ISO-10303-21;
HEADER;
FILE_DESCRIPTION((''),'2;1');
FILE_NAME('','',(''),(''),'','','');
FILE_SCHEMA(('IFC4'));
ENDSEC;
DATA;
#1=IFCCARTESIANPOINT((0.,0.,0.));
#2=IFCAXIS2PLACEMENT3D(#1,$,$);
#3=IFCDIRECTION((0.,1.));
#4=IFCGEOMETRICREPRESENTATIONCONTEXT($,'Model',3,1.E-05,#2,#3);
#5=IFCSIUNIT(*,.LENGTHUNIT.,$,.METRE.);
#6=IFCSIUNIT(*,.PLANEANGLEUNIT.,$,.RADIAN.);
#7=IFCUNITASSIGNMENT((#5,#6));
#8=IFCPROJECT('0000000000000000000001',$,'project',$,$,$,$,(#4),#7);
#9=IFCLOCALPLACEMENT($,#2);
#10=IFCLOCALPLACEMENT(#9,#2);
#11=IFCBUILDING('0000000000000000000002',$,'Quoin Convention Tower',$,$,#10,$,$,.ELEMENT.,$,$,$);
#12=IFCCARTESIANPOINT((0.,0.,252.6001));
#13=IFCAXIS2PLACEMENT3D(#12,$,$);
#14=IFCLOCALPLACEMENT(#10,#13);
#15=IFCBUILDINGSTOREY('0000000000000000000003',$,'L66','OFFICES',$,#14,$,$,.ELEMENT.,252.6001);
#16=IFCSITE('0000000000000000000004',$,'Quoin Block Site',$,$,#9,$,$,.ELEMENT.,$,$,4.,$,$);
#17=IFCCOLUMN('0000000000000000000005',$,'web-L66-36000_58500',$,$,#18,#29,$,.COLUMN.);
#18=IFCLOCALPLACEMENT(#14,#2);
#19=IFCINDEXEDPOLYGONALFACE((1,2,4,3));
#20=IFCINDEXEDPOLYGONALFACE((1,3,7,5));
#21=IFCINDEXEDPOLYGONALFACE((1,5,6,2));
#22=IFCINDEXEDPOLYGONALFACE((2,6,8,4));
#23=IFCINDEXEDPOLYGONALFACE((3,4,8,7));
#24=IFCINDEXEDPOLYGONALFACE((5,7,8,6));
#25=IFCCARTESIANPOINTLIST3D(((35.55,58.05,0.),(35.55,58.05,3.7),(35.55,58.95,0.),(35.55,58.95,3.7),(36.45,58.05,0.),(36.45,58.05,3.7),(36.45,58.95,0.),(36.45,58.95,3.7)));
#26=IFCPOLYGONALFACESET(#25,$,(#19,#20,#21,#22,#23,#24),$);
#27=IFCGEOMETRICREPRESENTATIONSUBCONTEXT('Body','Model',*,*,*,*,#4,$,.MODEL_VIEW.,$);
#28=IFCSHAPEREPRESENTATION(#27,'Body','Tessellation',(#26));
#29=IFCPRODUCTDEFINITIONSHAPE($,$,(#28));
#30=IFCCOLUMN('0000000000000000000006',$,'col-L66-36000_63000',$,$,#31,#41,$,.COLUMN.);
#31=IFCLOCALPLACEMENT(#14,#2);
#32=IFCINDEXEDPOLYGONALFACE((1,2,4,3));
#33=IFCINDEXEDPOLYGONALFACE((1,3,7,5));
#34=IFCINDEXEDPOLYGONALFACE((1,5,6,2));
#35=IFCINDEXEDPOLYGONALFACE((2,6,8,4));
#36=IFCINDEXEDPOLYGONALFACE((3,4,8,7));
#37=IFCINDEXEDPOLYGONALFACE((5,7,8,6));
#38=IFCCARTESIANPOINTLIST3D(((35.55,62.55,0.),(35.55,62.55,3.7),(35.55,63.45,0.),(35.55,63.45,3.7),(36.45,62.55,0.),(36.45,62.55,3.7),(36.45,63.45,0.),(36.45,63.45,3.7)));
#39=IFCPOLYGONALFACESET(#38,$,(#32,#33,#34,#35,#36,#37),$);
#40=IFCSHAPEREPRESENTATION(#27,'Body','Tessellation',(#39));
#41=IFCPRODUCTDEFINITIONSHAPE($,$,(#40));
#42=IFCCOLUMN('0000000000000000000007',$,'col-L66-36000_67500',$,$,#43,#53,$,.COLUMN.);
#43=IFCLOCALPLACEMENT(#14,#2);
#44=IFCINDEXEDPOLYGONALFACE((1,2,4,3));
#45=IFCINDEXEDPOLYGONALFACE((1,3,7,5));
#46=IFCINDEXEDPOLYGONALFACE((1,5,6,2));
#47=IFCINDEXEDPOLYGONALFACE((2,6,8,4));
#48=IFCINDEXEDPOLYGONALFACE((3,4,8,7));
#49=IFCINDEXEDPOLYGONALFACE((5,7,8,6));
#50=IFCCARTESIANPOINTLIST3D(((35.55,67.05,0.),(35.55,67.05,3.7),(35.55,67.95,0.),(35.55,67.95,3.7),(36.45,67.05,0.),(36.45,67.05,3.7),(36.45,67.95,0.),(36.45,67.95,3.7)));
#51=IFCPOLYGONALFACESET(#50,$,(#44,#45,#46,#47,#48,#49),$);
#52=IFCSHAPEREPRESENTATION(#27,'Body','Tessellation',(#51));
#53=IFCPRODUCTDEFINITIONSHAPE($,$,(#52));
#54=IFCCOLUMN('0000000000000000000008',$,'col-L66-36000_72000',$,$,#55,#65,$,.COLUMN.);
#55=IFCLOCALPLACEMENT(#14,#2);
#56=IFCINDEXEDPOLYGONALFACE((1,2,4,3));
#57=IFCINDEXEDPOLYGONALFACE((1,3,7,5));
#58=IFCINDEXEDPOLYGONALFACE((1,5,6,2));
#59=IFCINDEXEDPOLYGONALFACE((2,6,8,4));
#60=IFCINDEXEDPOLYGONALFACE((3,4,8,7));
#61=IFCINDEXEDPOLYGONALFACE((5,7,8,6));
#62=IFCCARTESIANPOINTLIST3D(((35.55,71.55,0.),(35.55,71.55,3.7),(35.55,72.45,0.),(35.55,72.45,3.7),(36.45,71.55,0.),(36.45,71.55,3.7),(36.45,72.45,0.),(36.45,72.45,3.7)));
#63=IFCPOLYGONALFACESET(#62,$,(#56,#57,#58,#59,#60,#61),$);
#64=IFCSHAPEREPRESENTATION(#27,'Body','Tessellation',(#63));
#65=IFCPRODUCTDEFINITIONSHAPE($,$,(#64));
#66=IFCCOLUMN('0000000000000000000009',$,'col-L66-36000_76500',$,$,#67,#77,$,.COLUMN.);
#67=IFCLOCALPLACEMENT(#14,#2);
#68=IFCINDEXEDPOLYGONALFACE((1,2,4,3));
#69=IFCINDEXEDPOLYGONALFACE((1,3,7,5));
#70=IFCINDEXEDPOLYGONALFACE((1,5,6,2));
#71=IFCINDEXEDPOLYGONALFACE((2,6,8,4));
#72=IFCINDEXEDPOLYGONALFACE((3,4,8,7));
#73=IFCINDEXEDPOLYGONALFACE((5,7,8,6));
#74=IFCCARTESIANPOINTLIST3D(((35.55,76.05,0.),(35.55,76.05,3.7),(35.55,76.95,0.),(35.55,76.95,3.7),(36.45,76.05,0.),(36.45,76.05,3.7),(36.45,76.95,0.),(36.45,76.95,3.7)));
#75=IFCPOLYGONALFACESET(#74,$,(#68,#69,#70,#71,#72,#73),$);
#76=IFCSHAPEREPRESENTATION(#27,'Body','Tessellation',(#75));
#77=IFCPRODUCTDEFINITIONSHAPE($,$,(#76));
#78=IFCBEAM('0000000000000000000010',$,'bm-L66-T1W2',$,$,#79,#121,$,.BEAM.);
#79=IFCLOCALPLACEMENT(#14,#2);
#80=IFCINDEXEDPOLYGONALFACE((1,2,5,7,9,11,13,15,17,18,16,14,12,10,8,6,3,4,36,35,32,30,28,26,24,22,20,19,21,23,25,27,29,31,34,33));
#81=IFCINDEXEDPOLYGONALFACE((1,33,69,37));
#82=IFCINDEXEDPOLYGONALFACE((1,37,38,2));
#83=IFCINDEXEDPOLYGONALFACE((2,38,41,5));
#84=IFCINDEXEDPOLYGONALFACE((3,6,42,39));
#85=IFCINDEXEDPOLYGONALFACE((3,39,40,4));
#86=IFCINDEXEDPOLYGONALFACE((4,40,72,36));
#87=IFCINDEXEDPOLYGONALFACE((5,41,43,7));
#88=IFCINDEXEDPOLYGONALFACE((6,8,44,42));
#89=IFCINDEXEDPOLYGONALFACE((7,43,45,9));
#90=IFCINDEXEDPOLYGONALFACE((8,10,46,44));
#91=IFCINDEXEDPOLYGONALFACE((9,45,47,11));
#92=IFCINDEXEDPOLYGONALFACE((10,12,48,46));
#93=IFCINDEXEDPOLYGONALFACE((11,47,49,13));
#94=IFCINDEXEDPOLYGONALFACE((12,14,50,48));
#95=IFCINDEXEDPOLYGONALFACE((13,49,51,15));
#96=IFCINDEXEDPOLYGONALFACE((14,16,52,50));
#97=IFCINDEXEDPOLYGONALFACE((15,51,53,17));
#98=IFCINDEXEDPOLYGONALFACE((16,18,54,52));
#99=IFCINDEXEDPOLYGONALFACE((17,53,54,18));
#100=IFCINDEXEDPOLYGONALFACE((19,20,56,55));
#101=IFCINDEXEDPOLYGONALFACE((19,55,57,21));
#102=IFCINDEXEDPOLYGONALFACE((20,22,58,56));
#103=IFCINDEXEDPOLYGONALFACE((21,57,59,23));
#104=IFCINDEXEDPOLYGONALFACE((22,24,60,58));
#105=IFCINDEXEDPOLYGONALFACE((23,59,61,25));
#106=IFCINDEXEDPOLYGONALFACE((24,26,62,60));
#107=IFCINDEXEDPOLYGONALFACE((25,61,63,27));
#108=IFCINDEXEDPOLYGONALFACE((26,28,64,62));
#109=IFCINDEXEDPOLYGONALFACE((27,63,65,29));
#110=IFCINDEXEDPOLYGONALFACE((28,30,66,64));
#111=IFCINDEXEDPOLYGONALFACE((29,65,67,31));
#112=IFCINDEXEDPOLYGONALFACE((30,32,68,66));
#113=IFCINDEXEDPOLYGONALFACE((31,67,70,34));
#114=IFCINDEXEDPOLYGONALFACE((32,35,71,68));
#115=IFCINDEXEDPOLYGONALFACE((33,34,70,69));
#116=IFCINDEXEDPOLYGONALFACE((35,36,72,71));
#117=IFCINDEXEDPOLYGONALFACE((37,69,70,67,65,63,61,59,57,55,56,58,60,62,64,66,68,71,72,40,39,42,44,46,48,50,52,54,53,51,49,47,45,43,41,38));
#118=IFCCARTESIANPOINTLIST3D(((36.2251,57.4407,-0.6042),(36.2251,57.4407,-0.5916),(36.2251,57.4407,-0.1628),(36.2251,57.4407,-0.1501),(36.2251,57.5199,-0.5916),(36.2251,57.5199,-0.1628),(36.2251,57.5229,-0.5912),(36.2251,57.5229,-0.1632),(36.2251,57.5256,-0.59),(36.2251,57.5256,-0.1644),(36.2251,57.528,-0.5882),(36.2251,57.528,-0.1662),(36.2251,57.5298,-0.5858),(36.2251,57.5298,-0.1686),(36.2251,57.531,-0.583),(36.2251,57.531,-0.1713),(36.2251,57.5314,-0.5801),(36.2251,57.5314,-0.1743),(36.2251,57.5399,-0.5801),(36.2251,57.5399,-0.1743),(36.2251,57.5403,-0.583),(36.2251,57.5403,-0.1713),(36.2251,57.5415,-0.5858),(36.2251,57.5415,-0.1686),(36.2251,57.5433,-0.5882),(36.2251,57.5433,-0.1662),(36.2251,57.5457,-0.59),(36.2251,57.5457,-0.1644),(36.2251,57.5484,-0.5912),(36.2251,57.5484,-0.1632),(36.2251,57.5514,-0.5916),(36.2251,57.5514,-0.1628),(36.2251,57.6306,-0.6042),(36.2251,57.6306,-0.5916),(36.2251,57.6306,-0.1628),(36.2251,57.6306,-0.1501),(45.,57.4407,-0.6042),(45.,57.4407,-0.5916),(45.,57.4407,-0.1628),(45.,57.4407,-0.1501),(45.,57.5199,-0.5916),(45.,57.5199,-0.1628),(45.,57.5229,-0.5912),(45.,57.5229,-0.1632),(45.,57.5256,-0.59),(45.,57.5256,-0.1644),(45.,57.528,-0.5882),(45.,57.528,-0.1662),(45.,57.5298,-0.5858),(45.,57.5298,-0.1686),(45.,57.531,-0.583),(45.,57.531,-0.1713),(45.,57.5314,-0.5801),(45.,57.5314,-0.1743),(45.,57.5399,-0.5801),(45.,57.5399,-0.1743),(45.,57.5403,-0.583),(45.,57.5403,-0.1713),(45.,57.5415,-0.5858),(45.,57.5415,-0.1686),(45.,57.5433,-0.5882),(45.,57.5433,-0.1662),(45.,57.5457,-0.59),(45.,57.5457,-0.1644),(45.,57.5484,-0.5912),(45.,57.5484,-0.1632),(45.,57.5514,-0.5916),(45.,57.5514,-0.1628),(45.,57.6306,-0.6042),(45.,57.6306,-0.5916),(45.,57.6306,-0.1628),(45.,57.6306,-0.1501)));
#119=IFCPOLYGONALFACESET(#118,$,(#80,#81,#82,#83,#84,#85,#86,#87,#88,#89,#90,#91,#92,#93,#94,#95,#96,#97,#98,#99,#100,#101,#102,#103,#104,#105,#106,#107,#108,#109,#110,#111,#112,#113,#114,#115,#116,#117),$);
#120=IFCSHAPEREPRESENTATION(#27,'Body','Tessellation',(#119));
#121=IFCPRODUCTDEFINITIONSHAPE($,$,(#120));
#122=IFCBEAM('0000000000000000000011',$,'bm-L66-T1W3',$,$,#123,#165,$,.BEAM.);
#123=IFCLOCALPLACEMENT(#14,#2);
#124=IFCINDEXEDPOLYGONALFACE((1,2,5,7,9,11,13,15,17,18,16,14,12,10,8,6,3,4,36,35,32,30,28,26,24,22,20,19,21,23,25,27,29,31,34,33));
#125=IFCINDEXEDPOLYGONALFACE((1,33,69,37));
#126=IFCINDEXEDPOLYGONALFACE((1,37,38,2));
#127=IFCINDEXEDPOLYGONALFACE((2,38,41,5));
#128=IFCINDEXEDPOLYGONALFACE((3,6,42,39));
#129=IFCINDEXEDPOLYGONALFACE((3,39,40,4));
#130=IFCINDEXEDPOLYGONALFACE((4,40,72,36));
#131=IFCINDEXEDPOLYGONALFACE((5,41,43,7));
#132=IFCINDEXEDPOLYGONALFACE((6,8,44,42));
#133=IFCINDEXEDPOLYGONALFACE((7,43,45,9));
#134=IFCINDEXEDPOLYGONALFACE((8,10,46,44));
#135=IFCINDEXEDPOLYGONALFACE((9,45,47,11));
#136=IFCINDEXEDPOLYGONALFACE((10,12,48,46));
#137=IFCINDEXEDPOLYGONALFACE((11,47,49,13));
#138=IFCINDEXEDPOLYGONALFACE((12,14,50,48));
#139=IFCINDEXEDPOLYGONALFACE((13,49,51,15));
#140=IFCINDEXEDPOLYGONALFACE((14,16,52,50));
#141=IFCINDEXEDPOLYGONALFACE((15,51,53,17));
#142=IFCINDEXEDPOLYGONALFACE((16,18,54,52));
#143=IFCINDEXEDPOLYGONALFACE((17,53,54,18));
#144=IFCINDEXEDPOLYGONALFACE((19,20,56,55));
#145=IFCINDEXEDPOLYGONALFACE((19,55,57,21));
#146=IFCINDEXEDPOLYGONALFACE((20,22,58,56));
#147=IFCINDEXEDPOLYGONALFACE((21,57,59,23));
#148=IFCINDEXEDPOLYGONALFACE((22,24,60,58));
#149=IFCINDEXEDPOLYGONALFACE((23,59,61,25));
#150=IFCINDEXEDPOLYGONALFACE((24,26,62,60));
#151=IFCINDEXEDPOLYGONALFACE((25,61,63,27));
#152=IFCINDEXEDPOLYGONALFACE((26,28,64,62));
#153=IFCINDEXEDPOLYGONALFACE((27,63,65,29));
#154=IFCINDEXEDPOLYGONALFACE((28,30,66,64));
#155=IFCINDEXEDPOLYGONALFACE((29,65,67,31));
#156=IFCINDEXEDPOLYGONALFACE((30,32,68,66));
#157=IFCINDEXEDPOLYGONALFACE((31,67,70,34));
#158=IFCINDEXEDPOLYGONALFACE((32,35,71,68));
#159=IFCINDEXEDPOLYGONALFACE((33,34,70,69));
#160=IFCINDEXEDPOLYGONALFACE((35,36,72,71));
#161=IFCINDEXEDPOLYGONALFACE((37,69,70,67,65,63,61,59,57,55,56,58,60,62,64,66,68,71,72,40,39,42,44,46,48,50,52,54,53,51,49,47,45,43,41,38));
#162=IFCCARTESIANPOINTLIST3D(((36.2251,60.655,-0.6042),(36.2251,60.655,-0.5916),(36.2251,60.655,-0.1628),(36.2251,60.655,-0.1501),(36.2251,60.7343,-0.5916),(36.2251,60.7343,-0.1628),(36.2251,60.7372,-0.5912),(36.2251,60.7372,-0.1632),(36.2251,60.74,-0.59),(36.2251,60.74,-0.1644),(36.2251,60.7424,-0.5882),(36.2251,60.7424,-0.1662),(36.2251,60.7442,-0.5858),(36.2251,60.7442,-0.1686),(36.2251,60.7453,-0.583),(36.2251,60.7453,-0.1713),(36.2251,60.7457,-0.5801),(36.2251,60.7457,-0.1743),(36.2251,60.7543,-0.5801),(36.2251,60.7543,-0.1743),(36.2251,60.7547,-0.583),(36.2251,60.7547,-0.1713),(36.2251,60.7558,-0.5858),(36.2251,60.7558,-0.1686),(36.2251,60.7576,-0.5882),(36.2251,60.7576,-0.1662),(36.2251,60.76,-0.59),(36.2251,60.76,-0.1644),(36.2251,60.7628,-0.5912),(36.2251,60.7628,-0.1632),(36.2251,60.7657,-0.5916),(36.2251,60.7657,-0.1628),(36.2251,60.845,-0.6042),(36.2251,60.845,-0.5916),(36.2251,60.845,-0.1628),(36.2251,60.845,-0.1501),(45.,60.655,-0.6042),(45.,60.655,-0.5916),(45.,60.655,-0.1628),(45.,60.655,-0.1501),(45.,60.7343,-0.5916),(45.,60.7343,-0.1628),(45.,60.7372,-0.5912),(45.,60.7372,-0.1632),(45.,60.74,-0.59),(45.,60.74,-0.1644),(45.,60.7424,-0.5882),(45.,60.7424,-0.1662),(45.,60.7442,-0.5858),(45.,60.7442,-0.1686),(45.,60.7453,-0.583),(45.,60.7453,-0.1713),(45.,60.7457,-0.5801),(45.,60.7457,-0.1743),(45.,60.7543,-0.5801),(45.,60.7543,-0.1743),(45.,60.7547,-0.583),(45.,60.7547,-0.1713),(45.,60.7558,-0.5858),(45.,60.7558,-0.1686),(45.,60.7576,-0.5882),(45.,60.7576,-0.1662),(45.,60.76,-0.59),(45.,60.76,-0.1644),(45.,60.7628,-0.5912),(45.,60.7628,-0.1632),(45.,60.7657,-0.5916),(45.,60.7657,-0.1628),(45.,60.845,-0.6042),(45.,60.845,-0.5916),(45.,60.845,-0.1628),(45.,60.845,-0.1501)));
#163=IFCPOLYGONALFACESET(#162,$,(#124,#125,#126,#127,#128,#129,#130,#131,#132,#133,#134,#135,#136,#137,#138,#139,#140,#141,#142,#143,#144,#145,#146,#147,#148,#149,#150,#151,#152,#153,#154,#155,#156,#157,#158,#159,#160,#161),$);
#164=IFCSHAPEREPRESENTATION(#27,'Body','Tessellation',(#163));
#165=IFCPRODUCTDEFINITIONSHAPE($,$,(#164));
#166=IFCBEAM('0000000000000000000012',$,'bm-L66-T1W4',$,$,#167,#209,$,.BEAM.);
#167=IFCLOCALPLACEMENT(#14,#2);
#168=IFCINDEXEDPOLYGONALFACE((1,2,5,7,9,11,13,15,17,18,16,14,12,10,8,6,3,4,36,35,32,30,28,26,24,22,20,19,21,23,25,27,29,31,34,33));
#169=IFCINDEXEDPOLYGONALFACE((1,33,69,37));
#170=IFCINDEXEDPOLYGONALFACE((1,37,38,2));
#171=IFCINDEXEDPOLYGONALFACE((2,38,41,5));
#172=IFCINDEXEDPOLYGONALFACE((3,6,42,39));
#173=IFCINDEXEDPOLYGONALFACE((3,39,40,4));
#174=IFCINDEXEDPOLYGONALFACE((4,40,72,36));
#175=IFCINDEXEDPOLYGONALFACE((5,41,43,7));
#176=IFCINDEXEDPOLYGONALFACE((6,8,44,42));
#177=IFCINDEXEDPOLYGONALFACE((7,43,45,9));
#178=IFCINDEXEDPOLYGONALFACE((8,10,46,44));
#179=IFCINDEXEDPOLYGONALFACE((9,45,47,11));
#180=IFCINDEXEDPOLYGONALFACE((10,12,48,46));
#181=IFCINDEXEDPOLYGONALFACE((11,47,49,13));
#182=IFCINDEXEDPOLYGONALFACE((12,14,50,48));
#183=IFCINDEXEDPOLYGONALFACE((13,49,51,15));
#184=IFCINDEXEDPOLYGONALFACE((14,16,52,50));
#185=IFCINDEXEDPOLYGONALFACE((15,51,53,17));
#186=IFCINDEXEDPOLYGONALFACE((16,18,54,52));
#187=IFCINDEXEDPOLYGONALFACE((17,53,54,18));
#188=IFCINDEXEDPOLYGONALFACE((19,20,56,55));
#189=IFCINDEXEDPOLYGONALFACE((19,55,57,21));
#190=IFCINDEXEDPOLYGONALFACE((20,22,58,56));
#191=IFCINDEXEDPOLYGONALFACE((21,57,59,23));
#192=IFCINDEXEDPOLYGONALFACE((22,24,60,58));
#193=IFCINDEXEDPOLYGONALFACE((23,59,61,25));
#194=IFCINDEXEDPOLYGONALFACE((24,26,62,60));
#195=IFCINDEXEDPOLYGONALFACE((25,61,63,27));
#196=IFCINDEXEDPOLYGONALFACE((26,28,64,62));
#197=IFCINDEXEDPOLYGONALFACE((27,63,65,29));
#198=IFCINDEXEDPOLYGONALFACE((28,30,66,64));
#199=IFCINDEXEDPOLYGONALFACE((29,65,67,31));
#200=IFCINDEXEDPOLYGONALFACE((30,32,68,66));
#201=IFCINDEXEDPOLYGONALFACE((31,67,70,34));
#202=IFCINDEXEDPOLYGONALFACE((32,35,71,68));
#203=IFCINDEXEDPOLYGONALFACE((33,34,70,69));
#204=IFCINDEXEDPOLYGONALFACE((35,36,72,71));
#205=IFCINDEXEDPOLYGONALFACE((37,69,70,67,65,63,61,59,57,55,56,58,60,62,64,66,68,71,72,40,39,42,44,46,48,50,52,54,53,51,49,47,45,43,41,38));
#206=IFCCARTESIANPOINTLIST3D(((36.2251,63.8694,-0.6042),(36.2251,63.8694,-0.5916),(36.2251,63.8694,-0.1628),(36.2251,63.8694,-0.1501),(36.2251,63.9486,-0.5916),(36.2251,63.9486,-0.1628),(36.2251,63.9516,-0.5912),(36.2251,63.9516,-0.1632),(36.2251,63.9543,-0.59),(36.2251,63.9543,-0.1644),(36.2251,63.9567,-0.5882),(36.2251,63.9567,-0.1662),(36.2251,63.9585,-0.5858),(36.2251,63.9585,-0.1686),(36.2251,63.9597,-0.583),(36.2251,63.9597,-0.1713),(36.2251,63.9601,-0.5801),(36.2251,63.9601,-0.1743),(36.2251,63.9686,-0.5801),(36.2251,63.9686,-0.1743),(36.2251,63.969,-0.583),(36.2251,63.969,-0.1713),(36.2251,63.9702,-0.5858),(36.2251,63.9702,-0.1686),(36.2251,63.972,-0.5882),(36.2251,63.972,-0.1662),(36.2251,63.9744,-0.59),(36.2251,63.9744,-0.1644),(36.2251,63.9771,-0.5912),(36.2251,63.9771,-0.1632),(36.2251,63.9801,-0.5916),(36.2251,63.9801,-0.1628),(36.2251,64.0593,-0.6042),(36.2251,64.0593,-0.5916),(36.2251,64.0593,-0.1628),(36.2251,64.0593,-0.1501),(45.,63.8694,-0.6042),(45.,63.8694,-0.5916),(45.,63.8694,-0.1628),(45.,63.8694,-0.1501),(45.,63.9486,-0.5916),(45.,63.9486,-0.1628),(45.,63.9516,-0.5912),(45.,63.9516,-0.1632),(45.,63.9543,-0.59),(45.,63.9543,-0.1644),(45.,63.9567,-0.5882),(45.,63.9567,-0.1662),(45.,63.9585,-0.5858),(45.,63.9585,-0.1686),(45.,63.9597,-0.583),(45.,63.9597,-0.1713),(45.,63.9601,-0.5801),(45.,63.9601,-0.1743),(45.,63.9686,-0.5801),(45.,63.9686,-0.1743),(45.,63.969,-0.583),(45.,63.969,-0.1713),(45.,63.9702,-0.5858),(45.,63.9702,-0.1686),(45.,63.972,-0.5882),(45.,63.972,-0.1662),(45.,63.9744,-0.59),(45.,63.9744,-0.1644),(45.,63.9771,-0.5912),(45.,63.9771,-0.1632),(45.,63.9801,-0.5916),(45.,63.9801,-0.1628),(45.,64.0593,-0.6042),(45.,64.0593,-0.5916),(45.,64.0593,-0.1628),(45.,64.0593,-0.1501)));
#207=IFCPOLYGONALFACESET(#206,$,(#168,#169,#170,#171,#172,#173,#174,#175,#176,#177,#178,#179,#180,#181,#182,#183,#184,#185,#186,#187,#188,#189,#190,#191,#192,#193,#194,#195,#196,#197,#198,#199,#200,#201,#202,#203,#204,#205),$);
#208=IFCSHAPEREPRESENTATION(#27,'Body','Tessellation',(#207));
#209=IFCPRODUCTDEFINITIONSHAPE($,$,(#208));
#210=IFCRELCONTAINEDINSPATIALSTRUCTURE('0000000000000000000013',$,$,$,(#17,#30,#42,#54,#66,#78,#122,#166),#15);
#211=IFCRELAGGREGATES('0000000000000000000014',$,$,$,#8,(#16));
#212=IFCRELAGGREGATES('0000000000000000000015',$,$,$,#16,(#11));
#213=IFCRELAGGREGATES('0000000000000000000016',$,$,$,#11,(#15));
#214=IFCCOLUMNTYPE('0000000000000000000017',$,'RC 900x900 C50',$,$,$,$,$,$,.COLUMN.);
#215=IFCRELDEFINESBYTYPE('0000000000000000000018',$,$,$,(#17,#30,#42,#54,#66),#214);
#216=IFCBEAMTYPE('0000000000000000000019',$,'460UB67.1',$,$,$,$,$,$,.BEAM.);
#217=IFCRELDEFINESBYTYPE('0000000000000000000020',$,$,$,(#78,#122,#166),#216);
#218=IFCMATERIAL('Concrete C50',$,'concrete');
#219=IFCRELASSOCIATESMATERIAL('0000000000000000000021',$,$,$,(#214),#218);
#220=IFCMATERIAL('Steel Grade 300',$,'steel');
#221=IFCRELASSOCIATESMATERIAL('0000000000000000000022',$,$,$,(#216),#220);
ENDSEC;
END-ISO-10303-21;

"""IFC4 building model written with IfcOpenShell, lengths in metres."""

from ifc_helpers import new_model, si_unit, direction, frame, origin, origin_2d, place, context, subcontext, project, spatial, rectangle, i_section, extrude, material, material_profile, profile_set, type_object, element, save


model = new_model("IFC4")

# Units and contexts
model_context = context("Model", 3, precision=1e-05, world=origin(), true_north=direction((0.0, 1.0)))
body_context = subcontext(model_context, "Body", "Model", "MODEL_VIEW")
ifc_project = project(units=[si_unit("LENGTHUNIT", "METRE"), si_unit("PLANEANGLEUNIT", "RADIAN")], contexts=[model_context])

# Site, building, storey
site_placement = place(None, origin())
site = spatial("IfcSite", under=ifc_project, at=site_placement, Name="Quoin Block Site", CompositionType="ELEMENT", RefElevation=4.0)
building_placement = place(site_placement, origin())
building = spatial("IfcBuilding", under=site, at=building_placement, Name="Quoin Convention Tower", CompositionType="ELEMENT")
storey_placement = place(building_placement, frame((0.0, 0.0, 252.6001)))
storey = spatial("IfcBuildingStorey", under=building, at=storey_placement, Name="L66", Description="OFFICES", CompositionType="ELEMENT", Elevation=252.6001)

# Columns
ifc_material_1 = material(Name="Concrete C50", Category="concrete")
ifc_material_profile_1 = material_profile(ifc_material_1, rectangle(XDim=0.8999, YDim=0.8999, at=origin_2d()), Name="RC 900x900")
ifc_profile_set_1 = profile_set([ifc_material_profile_1], Name="Concrete C50")
column_type = type_object("IfcColumnType", Name="RC 900x900 C50", PredefinedType="COLUMN", material=ifc_profile_set_1)
for number, where, z_axis, x_axis, name in (
    (1, (36.0, 58.5, 0.0), (0.0, 0.0, 1.0), (1.0, 0.0, 0.0), "web-L66-36000_58500"),
    (2, (36.0, 63.0, 0.0), (0.0, 0.0, 1.0), (1.0, 0.0, 0.0), "col-L66-36000_63000"),
    (3, (36.0, 67.5, 0.0), (0.0, 0.0, 1.0), (1.0, 0.0, 0.0), "col-L66-36000_67500"),
    (4, (36.0, 72.0, 0.0), (0.0, 0.0, 1.0), (1.0, 0.0, 0.0), "col-L66-36000_72000"),
    (5, (36.0, 76.5, 0.0), (0.0, 0.0, 1.0), (1.0, 0.0, 0.0), "col-L66-36000_76500"),
):
    element("IfcColumn", number, at=place(storey_placement, frame(where, z_axis=z_axis, x_axis=x_axis)), inside=storey, type_object=column_type, Name=name, PredefinedType="COLUMN", context=body_context, shape_type="SweptSolid", body=[
        extrude(rectangle(XDim=0.8999, YDim=0.8999, at=origin_2d()), origin(), (0.0, 0.0, 1.0), 3.7),
    ])

# Beams
ifc_material_2 = material(Name="Steel Grade 300", Category="steel")
ifc_material_profile_2 = material_profile(ifc_material_2, i_section(OverallWidth=0.1899, OverallDepth=0.4541, WebThickness=0.0085, FlangeThickness=0.0127, FilletRadius=0.0115, at=origin_2d()), Name="460UB67.1")
ifc_profile_set_2 = profile_set([ifc_material_profile_2], Name="Steel Grade 300")
beam_type_1 = type_object("IfcBeamType", Name="460UB67.1", PredefinedType="BEAM", material=ifc_profile_set_2)
for number, where, z_axis, x_axis, name in (
    (6, (36.2251, 57.5356, -0.3772), (1.0, 0.0, 0.0), (0.0, 1.0, 0.0), "bm-L66-T1W2"),
    (7, (36.2251, 60.75, -0.3772), (1.0, 0.0, 0.0), (0.0, 1.0, 0.0), "bm-L66-T1W3"),
    (8, (36.2251, 63.9644, -0.3772), (1.0, 0.0, 0.0), (0.0, 1.0, 0.0), "bm-L66-T1W4"),
):
    element("IfcBeam", number, at=place(storey_placement, frame(where, z_axis=z_axis, x_axis=x_axis)), inside=storey, type_object=beam_type_1, Name=name, PredefinedType="BEAM", context=body_context, shape_type="SweptSolid", body=[
        extrude(i_section(OverallWidth=0.1899, OverallDepth=0.4541, WebThickness=0.0085, FlangeThickness=0.0127, FilletRadius=0.0115, at=origin_2d()), origin(), (0.0, 0.0, 1.0), 8.7749),
    ])

save(model, "model.ifc")
